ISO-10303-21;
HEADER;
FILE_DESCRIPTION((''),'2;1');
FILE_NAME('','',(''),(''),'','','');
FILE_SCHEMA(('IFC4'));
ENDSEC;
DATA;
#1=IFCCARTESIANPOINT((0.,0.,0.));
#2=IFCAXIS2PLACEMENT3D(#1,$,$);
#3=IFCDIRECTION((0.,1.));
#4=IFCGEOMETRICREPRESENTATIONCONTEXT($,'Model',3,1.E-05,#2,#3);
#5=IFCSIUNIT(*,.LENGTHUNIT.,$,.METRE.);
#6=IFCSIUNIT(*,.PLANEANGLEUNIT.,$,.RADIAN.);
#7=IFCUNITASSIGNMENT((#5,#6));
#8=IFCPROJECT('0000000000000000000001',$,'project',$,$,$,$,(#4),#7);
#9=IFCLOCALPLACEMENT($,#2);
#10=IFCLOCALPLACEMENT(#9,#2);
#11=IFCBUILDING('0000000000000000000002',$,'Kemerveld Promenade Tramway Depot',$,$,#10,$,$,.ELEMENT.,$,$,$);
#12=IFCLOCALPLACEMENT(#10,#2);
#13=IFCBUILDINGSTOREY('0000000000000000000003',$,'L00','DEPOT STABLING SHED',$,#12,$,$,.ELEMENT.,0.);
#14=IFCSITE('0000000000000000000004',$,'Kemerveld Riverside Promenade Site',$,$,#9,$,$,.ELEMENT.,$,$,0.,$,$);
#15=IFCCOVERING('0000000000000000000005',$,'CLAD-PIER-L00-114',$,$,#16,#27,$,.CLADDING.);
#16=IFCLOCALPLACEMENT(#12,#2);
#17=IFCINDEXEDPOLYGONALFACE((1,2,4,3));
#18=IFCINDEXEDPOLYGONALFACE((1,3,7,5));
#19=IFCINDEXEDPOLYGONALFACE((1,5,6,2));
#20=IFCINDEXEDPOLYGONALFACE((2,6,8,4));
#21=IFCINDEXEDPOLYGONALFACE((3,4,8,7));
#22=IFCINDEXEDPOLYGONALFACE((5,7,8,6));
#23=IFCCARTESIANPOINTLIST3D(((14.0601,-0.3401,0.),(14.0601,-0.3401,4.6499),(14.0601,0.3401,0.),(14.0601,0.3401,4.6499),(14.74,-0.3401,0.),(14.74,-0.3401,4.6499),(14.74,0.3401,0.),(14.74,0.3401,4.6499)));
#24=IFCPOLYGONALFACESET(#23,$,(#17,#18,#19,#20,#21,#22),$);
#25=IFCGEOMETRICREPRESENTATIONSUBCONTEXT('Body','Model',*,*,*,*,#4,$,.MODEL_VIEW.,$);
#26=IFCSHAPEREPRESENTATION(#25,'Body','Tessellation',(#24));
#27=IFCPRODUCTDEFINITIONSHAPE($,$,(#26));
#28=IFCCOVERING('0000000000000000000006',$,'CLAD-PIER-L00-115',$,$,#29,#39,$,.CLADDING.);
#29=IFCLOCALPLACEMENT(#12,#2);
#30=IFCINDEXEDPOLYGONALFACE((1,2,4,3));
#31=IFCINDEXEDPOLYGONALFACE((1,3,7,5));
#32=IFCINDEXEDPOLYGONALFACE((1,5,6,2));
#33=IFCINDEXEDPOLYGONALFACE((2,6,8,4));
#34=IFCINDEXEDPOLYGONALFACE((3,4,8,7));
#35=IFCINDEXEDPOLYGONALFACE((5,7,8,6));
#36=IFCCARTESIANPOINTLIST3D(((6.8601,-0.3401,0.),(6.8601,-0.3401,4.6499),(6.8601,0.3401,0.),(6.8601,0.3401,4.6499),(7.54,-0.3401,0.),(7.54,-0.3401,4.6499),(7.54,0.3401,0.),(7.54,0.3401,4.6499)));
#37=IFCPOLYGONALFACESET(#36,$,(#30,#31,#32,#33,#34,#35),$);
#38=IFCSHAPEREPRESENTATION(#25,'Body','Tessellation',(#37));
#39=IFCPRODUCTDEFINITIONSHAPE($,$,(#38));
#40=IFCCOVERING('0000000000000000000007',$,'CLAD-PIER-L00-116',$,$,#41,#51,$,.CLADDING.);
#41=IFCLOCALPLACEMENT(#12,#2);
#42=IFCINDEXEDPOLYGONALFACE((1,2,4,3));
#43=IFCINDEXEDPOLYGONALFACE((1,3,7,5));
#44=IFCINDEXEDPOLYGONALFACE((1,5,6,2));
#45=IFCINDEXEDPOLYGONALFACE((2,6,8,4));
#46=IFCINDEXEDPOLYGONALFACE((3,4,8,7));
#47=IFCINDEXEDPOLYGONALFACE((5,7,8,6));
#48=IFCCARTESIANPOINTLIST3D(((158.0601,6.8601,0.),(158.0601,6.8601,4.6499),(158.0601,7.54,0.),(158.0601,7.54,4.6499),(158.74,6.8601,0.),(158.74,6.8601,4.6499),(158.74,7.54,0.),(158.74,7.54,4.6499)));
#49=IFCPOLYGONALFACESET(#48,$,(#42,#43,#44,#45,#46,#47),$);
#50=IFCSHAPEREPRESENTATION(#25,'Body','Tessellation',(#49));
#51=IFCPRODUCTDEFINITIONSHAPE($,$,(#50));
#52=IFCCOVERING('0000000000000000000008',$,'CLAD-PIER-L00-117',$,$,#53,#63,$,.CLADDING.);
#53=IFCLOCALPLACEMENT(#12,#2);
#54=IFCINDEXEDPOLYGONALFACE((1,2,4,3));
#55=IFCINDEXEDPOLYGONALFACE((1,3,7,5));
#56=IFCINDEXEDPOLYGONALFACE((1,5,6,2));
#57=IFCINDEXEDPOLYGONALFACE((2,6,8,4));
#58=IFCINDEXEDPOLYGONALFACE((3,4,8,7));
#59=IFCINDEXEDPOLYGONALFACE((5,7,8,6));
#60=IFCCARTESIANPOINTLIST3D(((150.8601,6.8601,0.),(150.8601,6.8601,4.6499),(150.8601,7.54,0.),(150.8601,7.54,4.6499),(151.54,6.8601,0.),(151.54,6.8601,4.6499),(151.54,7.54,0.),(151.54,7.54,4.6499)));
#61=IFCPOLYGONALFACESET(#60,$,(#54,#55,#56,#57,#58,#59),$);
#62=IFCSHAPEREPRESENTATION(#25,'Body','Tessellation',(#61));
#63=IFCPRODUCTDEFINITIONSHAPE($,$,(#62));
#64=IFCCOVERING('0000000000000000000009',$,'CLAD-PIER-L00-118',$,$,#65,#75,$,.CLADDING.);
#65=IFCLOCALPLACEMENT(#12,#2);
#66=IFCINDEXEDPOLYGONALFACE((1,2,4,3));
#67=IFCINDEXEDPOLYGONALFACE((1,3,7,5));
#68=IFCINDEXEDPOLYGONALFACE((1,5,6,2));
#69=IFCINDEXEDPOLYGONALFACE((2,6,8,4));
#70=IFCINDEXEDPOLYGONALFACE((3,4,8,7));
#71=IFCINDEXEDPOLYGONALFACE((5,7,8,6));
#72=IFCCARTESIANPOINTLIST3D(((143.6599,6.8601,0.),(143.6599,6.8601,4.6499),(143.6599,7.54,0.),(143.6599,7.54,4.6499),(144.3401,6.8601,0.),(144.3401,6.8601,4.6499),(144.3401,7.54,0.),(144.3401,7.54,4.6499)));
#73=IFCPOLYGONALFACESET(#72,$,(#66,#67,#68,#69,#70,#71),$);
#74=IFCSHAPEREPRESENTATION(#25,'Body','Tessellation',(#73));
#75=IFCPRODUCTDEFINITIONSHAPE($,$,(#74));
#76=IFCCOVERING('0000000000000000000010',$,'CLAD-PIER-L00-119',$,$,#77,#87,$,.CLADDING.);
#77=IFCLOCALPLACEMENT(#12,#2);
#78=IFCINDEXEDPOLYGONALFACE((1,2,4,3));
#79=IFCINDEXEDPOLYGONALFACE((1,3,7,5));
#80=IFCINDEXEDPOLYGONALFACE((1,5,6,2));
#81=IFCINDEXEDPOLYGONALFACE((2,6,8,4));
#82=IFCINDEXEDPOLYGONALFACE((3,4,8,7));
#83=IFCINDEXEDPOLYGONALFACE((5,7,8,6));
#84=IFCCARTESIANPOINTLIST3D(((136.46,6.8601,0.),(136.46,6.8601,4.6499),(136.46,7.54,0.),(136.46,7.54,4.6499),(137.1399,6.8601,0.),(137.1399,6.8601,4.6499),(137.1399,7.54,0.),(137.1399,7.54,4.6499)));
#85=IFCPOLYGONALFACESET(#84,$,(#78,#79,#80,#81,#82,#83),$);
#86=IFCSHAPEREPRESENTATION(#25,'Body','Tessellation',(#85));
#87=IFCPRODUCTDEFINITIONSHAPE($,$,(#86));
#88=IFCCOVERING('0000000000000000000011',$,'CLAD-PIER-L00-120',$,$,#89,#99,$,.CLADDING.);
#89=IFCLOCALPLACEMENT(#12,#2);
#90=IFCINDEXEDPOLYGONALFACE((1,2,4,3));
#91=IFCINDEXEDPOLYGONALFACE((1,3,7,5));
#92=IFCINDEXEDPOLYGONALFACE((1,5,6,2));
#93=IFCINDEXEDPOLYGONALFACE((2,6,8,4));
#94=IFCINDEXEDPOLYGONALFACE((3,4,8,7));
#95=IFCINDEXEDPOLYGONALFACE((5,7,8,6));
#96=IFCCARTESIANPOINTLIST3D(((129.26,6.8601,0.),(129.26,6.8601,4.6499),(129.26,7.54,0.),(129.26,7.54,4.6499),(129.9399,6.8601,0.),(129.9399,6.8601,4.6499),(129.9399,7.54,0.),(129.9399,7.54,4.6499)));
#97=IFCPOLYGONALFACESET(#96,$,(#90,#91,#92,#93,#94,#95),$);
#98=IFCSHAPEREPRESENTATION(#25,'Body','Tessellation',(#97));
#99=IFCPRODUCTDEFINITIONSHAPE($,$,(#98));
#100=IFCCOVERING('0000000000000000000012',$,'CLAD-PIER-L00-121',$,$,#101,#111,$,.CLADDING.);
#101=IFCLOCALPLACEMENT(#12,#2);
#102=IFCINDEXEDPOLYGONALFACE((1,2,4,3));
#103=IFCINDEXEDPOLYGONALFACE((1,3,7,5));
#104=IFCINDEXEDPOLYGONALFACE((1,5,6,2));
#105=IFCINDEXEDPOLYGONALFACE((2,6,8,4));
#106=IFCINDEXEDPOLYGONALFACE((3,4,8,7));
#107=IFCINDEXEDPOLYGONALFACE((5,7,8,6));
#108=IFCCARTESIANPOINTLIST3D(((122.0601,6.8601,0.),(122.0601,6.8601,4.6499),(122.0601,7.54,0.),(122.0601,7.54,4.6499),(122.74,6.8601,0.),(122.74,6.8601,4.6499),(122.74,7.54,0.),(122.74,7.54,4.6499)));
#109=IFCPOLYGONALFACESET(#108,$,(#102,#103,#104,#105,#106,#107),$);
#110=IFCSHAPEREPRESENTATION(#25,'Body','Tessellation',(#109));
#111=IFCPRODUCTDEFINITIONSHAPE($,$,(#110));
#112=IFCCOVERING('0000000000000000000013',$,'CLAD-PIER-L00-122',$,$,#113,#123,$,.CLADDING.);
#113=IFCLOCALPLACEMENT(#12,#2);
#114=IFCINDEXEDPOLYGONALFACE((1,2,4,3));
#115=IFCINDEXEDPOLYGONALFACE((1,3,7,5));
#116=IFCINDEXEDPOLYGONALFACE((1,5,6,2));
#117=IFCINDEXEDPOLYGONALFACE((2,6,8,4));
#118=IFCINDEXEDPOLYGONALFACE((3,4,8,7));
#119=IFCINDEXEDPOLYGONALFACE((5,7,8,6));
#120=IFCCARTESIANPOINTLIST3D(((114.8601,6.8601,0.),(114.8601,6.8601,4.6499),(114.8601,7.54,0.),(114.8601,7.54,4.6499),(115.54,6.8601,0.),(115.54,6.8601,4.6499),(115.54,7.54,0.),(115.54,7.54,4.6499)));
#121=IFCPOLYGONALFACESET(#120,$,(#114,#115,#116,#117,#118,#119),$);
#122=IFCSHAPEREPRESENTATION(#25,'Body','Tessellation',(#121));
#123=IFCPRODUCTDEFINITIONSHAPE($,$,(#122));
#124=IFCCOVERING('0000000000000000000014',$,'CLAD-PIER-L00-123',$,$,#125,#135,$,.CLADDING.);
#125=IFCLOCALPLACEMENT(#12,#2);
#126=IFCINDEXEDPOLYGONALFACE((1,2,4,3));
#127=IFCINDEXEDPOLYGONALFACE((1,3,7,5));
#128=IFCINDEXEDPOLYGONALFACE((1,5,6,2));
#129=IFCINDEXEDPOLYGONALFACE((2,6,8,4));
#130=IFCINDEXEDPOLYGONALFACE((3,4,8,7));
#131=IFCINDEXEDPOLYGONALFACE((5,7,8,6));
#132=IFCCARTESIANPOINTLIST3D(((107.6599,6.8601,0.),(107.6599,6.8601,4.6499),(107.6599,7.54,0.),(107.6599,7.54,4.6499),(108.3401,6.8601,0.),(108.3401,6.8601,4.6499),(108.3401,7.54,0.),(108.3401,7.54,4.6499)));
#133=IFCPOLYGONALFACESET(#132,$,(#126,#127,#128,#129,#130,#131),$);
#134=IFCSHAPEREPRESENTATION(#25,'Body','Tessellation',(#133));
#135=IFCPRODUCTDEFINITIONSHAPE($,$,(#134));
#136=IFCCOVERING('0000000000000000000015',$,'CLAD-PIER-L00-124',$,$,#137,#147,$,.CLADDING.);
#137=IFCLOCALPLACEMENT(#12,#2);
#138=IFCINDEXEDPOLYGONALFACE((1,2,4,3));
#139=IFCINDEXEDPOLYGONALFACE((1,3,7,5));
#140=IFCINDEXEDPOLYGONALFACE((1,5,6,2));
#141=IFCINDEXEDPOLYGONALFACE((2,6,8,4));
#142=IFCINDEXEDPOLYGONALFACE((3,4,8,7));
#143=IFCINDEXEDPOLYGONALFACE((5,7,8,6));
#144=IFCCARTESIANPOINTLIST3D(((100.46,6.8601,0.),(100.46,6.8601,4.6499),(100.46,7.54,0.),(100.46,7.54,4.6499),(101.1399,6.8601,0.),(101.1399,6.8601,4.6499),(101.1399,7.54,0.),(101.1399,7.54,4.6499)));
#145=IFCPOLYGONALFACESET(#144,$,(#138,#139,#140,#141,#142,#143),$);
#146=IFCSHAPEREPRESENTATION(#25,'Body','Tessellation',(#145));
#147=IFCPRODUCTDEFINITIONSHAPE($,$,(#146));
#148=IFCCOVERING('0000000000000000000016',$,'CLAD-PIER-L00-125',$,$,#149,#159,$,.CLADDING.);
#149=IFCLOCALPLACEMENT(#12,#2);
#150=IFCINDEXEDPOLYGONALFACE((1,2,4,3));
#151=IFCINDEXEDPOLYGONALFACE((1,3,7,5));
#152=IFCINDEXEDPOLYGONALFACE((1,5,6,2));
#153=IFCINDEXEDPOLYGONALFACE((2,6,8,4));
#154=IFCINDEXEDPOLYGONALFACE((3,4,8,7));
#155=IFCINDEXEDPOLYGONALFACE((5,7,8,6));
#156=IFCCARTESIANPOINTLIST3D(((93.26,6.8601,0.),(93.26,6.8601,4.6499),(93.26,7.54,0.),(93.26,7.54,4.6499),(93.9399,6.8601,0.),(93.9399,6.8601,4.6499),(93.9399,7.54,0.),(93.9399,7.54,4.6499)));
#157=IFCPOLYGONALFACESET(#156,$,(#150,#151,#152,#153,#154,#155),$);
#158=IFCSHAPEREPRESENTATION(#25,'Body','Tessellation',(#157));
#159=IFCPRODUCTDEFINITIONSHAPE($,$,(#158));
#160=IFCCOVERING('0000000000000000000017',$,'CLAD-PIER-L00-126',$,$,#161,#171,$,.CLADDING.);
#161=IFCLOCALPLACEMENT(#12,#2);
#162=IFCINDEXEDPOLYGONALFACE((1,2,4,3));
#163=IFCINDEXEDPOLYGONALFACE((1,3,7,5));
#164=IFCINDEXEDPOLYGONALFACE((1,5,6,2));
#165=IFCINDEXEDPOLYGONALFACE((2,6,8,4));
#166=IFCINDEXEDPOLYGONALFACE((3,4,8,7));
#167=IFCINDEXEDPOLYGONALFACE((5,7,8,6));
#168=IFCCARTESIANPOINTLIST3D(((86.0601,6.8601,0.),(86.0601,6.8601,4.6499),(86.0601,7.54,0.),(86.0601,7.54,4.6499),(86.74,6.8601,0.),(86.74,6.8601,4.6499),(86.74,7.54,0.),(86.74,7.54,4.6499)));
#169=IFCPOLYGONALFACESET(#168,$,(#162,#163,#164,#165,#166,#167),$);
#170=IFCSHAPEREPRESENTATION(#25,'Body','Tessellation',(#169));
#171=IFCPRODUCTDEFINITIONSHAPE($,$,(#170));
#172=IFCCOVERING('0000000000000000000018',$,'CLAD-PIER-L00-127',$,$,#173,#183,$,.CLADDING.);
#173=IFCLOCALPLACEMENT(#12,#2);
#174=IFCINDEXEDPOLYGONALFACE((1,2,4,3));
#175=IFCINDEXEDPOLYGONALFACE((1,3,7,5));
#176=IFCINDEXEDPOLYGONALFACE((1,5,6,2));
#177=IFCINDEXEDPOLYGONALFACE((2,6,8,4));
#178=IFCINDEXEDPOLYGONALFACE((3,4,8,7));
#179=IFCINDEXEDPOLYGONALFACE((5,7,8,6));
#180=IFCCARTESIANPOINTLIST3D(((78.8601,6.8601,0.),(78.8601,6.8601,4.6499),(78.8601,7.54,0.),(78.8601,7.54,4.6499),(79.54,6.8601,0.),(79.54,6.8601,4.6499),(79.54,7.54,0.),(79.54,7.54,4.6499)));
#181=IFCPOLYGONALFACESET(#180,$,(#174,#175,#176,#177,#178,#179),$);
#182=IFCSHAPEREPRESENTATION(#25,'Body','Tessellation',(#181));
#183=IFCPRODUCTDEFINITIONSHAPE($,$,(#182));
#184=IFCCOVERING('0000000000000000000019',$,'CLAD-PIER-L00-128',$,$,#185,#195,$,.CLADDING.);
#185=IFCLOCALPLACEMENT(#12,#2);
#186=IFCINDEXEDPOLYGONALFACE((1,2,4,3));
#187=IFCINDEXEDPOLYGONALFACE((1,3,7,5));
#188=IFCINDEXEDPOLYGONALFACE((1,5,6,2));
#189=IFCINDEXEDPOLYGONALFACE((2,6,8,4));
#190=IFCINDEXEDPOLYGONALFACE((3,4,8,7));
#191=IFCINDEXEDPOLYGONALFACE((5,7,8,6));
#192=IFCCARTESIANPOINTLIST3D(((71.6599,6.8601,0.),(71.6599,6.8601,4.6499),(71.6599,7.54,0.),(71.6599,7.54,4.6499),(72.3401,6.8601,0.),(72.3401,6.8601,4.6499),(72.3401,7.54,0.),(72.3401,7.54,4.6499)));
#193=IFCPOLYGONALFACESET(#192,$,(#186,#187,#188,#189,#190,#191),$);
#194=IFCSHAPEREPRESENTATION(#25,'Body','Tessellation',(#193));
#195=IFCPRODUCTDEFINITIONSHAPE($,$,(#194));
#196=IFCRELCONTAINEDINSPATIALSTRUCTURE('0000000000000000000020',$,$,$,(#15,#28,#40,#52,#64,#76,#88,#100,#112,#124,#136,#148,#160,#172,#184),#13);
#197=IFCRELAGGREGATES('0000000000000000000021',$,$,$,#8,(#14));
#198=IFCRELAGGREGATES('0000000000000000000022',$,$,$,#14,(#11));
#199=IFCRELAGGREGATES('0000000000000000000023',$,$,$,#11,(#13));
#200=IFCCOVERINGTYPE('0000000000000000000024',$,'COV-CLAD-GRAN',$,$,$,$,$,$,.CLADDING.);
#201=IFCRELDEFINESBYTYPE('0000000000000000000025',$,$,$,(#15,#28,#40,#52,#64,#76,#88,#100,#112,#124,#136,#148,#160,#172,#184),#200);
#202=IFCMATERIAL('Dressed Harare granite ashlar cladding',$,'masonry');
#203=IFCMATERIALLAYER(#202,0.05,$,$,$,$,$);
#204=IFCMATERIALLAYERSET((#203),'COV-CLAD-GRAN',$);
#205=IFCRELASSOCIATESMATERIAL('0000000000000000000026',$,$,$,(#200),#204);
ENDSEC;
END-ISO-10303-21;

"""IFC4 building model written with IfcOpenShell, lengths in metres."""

from ifc_helpers import new_model, si_unit, direction, origin, place, context, subcontext, project, spatial, polyline, outline, extrude, material, layer, layer_set, type_object, element, save


model = new_model("IFC4")

# Units and contexts
model_context = context("Model", 3, precision=1e-05, world=origin(), true_north=direction((0.0, 1.0)))
body_context = subcontext(model_context, "Body", "Model", "MODEL_VIEW")
ifc_project = project(units=[si_unit("LENGTHUNIT", "METRE"), si_unit("PLANEANGLEUNIT", "RADIAN")], contexts=[model_context])

# Site, building, storey
site_placement = place(None, origin())
site = spatial("IfcSite", under=ifc_project, at=site_placement, Name="Kemerveld Riverside Promenade Site", CompositionType="ELEMENT", RefElevation=0.0)
building_placement = place(site_placement, origin())
building = spatial("IfcBuilding", under=site, at=building_placement, Name="Kemerveld Promenade Tramway Depot", CompositionType="ELEMENT")
storey_placement = place(building_placement, origin())
storey = spatial("IfcBuildingStorey", under=building, at=storey_placement, Name="L00", Description="DEPOT STABLING SHED", CompositionType="ELEMENT", Elevation=0.0)

# Coverings
ifc_material = material(Name="Dressed Harare granite ashlar cladding", Category="masonry")
ifc_layer = layer(ifc_material, 0.05)
ifc_layer_set = layer_set([ifc_layer], Name="COV-CLAD-GRAN")
covering_type = type_object("IfcCoveringType", Name="COV-CLAD-GRAN", PredefinedType="CLADDING", material=ifc_layer_set)
covering_1_placement = place(storey_placement, origin())
element("IfcCovering", 1, at=covering_1_placement, inside=storey, type_object=covering_type, Name="CLAD-PIER-L00-114", PredefinedType="CLADDING", context=body_context, shape_type="SweptSolid", body=[
    extrude(outline(polyline([(14.0601, -0.3401), (14.74, -0.3401), (14.74, 0.3401), (14.0601, 0.3401), (14.0601, -0.3401)])), origin(), (0.0, 0.0, 1.0), 4.6499),
])
covering_2_placement = place(storey_placement, origin())
element("IfcCovering", 2, at=covering_2_placement, inside=storey, type_object=covering_type, Name="CLAD-PIER-L00-115", PredefinedType="CLADDING", context=body_context, shape_type="SweptSolid", body=[
    extrude(outline(polyline([(6.8601, -0.3401), (7.54, -0.3401), (7.54, 0.3401), (6.8601, 0.3401), (6.8601, -0.3401)])), origin(), (0.0, 0.0, 1.0), 4.6499),
])
covering_3_placement = place(storey_placement, origin())
element("IfcCovering", 3, at=covering_3_placement, inside=storey, type_object=covering_type, Name="CLAD-PIER-L00-116", PredefinedType="CLADDING", context=body_context, shape_type="SweptSolid", body=[
    extrude(outline(polyline([(158.0601, 6.8601), (158.74, 6.8601), (158.74, 7.54), (158.0601, 7.54), (158.0601, 6.8601)])), origin(), (0.0, 0.0, 1.0), 4.6499),
])
covering_4_placement = place(storey_placement, origin())
element("IfcCovering", 4, at=covering_4_placement, inside=storey, type_object=covering_type, Name="CLAD-PIER-L00-117", PredefinedType="CLADDING", context=body_context, shape_type="SweptSolid", body=[
    extrude(outline(polyline([(150.8601, 6.8601), (151.54, 6.8601), (151.54, 7.54), (150.8601, 7.54), (150.8601, 6.8601)])), origin(), (0.0, 0.0, 1.0), 4.6499),
])
covering_5_placement = place(storey_placement, origin())
element("IfcCovering", 5, at=covering_5_placement, inside=storey, type_object=covering_type, Name="CLAD-PIER-L00-118", PredefinedType="CLADDING", context=body_context, shape_type="SweptSolid", body=[
    extrude(outline(polyline([(143.6599, 6.8601), (144.3401, 6.8601), (144.3401, 7.54), (143.6599, 7.54), (143.6599, 6.8601)])), origin(), (0.0, 0.0, 1.0), 4.6499),
])
covering_6_placement = place(storey_placement, origin())
element("IfcCovering", 6, at=covering_6_placement, inside=storey, type_object=covering_type, Name="CLAD-PIER-L00-119", PredefinedType="CLADDING", context=body_context, shape_type="SweptSolid", body=[
    extrude(outline(polyline([(136.46, 6.8601), (137.1399, 6.8601), (137.1399, 7.54), (136.46, 7.54), (136.46, 6.8601)])), origin(), (0.0, 0.0, 1.0), 4.6499),
])
covering_7_placement = place(storey_placement, origin())
element("IfcCovering", 7, at=covering_7_placement, inside=storey, type_object=covering_type, Name="CLAD-PIER-L00-120", PredefinedType="CLADDING", context=body_context, shape_type="SweptSolid", body=[
    extrude(outline(polyline([(129.26, 6.8601), (129.9399, 6.8601), (129.9399, 7.54), (129.26, 7.54), (129.26, 6.8601)])), origin(), (0.0, 0.0, 1.0), 4.6499),
])
covering_8_placement = place(storey_placement, origin())
element("IfcCovering", 8, at=covering_8_placement, inside=storey, type_object=covering_type, Name="CLAD-PIER-L00-121", PredefinedType="CLADDING", context=body_context, shape_type="SweptSolid", body=[
    extrude(outline(polyline([(122.0601, 6.8601), (122.74, 6.8601), (122.74, 7.54), (122.0601, 7.54), (122.0601, 6.8601)])), origin(), (0.0, 0.0, 1.0), 4.6499),
])
covering_9_placement = place(storey_placement, origin())
element("IfcCovering", 9, at=covering_9_placement, inside=storey, type_object=covering_type, Name="CLAD-PIER-L00-122", PredefinedType="CLADDING", context=body_context, shape_type="SweptSolid", body=[
    extrude(outline(polyline([(114.8601, 6.8601), (115.54, 6.8601), (115.54, 7.54), (114.8601, 7.54), (114.8601, 6.8601)])), origin(), (0.0, 0.0, 1.0), 4.6499),
])
covering_10_placement = place(storey_placement, origin())
element("IfcCovering", 10, at=covering_10_placement, inside=storey, type_object=covering_type, Name="CLAD-PIER-L00-123", PredefinedType="CLADDING", context=body_context, shape_type="SweptSolid", body=[
    extrude(outline(polyline([(107.6599, 6.8601), (108.3401, 6.8601), (108.3401, 7.54), (107.6599, 7.54), (107.6599, 6.8601)])), origin(), (0.0, 0.0, 1.0), 4.6499),
])
covering_11_placement = place(storey_placement, origin())
element("IfcCovering", 11, at=covering_11_placement, inside=storey, type_object=covering_type, Name="CLAD-PIER-L00-124", PredefinedType="CLADDING", context=body_context, shape_type="SweptSolid", body=[
    extrude(outline(polyline([(100.46, 6.8601), (101.1399, 6.8601), (101.1399, 7.54), (100.46, 7.54), (100.46, 6.8601)])), origin(), (0.0, 0.0, 1.0), 4.6499),
])
covering_12_placement = place(storey_placement, origin())
element("IfcCovering", 12, at=covering_12_placement, inside=storey, type_object=covering_type, Name="CLAD-PIER-L00-125", PredefinedType="CLADDING", context=body_context, shape_type="SweptSolid", body=[
    extrude(outline(polyline([(93.26, 6.8601), (93.9399, 6.8601), (93.9399, 7.54), (93.26, 7.54), (93.26, 6.8601)])), origin(), (0.0, 0.0, 1.0), 4.6499),
])
covering_13_placement = place(storey_placement, origin())
element("IfcCovering", 13, at=covering_13_placement, inside=storey, type_object=covering_type, Name="CLAD-PIER-L00-126", PredefinedType="CLADDING", context=body_context, shape_type="SweptSolid", body=[
    extrude(outline(polyline([(86.0601, 6.8601), (86.74, 6.8601), (86.74, 7.54), (86.0601, 7.54), (86.0601, 6.8601)])), origin(), (0.0, 0.0, 1.0), 4.6499),
])
covering_14_placement = place(storey_placement, origin())
element("IfcCovering", 14, at=covering_14_placement, inside=storey, type_object=covering_type, Name="CLAD-PIER-L00-127", PredefinedType="CLADDING", context=body_context, shape_type="SweptSolid", body=[
    extrude(outline(polyline([(78.8601, 6.8601), (79.54, 6.8601), (79.54, 7.54), (78.8601, 7.54), (78.8601, 6.8601)])), origin(), (0.0, 0.0, 1.0), 4.6499),
])
covering_15_placement = place(storey_placement, origin())
element("IfcCovering", 15, at=covering_15_placement, inside=storey, type_object=covering_type, Name="CLAD-PIER-L00-128", PredefinedType="CLADDING", context=body_context, shape_type="SweptSolid", body=[
    extrude(outline(polyline([(71.6599, 6.8601), (72.3401, 6.8601), (72.3401, 7.54), (71.6599, 7.54), (71.6599, 6.8601)])), origin(), (0.0, 0.0, 1.0), 4.6499),
])

save(model, "model.ifc")
